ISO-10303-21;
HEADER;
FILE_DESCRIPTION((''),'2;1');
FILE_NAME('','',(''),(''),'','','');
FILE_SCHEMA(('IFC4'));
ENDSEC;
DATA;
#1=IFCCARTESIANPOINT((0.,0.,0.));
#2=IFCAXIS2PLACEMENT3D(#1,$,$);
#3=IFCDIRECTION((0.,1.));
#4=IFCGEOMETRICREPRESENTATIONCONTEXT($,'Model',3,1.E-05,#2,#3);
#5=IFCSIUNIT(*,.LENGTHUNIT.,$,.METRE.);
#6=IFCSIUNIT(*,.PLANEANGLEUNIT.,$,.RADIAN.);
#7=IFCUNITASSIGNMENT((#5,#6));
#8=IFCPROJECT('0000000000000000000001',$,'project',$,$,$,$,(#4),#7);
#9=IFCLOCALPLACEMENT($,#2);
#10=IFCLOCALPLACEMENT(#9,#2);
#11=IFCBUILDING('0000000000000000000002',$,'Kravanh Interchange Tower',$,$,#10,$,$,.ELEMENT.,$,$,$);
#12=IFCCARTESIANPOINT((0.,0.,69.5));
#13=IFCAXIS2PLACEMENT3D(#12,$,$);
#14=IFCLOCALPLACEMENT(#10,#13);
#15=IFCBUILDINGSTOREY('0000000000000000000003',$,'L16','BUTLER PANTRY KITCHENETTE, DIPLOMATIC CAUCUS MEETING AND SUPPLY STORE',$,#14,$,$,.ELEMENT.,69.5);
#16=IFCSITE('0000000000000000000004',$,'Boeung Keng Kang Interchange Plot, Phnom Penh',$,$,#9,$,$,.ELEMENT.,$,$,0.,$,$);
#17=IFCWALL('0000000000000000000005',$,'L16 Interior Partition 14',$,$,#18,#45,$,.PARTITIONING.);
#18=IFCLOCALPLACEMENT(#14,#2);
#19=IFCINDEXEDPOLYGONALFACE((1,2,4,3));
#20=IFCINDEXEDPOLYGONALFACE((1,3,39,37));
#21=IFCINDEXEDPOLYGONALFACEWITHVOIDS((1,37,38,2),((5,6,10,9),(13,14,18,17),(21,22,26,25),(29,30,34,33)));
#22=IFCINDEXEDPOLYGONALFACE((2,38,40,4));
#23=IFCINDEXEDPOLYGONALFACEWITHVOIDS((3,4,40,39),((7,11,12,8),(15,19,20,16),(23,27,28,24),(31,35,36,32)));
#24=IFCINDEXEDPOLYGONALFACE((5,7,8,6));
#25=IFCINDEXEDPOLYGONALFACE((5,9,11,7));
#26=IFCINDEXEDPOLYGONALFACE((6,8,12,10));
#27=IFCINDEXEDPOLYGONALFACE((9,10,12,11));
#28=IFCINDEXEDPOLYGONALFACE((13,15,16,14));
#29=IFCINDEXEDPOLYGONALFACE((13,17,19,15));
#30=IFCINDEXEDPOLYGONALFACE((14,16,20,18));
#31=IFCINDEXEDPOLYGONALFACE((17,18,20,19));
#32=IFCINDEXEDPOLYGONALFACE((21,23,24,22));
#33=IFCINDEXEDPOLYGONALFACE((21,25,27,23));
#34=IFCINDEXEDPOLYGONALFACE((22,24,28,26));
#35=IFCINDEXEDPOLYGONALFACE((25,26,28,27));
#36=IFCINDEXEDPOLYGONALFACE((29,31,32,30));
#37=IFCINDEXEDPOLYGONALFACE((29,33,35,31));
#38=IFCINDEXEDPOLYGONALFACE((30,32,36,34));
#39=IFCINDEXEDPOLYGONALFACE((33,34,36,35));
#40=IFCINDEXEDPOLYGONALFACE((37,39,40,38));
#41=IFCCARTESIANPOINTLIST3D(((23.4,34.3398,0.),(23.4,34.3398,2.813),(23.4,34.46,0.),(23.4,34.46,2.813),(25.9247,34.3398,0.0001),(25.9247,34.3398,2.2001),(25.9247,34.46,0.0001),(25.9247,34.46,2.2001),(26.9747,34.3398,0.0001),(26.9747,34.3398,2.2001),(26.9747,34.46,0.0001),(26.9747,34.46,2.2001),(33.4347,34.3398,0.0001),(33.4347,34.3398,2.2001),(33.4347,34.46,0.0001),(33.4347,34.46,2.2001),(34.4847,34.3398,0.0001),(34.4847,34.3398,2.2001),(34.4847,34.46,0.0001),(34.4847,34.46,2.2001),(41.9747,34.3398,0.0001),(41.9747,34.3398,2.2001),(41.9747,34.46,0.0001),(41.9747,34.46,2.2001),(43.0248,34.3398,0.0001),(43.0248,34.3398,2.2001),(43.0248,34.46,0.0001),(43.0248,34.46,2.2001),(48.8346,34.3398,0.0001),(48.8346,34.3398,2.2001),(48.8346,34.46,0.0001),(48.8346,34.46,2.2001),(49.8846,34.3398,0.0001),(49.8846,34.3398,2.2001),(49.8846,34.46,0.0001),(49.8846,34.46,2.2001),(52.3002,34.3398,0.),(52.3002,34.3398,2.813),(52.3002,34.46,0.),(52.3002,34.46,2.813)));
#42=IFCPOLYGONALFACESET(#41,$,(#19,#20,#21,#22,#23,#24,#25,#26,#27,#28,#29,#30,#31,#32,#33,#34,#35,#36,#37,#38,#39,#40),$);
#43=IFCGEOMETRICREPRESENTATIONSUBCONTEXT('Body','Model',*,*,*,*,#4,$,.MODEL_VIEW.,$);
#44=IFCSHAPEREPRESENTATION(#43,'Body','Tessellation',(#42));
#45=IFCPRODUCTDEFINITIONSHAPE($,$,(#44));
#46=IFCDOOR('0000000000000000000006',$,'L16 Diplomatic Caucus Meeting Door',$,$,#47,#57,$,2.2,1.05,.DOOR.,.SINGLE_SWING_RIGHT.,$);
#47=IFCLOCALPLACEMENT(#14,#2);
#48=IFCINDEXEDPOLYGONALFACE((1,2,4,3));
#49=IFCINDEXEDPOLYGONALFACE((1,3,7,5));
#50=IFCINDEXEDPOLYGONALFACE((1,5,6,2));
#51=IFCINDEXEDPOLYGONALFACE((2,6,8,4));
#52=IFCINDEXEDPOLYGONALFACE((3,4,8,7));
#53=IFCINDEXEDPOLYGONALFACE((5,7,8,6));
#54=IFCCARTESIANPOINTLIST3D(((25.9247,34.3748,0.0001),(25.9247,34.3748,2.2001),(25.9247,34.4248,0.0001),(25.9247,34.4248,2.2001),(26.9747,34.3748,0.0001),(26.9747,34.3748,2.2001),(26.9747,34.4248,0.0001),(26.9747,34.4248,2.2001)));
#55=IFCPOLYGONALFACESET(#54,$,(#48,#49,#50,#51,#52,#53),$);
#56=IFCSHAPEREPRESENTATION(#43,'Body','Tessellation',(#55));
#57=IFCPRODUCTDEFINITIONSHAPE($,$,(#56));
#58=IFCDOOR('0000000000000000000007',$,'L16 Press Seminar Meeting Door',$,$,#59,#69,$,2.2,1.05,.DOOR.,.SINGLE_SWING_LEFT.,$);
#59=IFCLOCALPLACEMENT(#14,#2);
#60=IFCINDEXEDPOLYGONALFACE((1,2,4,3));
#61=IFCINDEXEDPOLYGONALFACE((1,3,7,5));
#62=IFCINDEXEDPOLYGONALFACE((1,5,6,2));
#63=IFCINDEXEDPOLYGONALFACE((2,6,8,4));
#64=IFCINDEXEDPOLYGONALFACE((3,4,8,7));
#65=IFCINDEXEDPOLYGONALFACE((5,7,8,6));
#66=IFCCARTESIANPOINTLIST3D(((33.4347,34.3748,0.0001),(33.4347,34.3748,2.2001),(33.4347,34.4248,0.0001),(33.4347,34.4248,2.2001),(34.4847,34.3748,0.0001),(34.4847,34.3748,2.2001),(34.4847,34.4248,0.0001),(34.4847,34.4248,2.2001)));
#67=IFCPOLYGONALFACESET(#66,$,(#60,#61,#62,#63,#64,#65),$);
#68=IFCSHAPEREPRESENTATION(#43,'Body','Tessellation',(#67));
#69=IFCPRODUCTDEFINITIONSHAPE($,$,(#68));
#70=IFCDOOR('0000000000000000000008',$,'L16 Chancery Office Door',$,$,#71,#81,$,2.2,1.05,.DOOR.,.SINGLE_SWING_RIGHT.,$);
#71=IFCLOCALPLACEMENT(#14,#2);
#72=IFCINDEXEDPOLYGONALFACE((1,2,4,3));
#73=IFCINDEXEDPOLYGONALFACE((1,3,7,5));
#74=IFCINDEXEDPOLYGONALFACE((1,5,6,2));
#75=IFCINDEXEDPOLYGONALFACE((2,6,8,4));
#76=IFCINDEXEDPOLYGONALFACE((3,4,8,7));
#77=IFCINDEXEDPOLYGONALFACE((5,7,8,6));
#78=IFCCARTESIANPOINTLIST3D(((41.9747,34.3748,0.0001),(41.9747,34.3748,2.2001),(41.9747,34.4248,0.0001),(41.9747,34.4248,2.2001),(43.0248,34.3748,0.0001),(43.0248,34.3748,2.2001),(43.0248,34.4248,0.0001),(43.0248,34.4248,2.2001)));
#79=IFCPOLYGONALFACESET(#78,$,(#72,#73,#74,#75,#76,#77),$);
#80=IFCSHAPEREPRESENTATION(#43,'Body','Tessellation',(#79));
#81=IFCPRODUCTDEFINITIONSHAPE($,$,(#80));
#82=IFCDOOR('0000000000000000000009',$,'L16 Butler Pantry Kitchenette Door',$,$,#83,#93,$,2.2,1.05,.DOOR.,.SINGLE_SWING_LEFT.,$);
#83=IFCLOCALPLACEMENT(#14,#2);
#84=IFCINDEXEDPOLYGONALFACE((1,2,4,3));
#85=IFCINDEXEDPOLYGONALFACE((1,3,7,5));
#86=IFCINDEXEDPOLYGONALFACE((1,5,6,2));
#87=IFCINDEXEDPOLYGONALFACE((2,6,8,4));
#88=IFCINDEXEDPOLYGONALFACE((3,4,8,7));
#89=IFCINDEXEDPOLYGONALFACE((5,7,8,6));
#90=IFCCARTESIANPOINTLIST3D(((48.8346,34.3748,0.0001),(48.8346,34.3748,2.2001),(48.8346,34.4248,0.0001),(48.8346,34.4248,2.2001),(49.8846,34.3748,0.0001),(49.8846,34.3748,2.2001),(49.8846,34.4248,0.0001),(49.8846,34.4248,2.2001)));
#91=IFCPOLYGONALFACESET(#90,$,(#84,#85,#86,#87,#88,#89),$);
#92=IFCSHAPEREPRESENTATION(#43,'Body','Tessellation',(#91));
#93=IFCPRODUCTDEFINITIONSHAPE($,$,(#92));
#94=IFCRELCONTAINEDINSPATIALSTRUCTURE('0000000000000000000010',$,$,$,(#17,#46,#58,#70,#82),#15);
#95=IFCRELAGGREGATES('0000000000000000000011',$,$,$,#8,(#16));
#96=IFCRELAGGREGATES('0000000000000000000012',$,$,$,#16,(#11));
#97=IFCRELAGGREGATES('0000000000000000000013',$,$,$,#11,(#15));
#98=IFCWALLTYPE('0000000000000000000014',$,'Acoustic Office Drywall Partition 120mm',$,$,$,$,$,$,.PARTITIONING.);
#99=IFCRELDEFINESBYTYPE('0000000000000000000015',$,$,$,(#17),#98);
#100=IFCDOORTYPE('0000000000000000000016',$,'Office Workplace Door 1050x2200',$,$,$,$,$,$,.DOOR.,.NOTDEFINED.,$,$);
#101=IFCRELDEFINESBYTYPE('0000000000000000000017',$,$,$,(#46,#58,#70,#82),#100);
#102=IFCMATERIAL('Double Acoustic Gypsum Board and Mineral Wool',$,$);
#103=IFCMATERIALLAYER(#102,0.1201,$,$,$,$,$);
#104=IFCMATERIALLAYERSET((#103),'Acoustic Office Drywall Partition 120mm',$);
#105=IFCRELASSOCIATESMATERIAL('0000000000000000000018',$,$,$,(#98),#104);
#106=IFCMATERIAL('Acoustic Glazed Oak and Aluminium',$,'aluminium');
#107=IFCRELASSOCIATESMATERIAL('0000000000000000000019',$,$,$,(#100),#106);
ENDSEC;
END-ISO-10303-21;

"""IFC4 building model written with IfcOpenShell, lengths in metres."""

from ifc_helpers import new_model, si_unit, direction, frame, frame_2d, origin, place, context, subcontext, project, spatial, rectangle, extrude, material, layer, layer_set, type_object, element, fill, save


model = new_model("IFC4")

# Units and contexts
model_context = context("Model", 3, precision=1e-05, world=origin(), true_north=direction((0.0, 1.0)))
body_context = subcontext(model_context, "Body", "Model", "MODEL_VIEW")
ifc_project = project(units=[si_unit("LENGTHUNIT", "METRE"), si_unit("PLANEANGLEUNIT", "RADIAN")], contexts=[model_context])

# Site, building, storey
site_placement = place(None, origin())
site = spatial("IfcSite", under=ifc_project, at=site_placement, Name="Boeung Keng Kang Interchange Plot, Phnom Penh", CompositionType="ELEMENT", RefElevation=0.0)
building_placement = place(site_placement, origin())
building = spatial("IfcBuilding", under=site, at=building_placement, Name="Kravanh Interchange Tower", CompositionType="ELEMENT")
storey_placement = place(building_placement, frame((0.0, 0.0, 69.5)))
storey = spatial("IfcBuildingStorey", under=building, at=storey_placement, Name="L16", Description="BUTLER PANTRY KITCHENETTE, DIPLOMATIC CAUCUS MEETING AND SUPPLY STORE", CompositionType="ELEMENT", Elevation=69.5)

# Wall, openings, doors
ifc_material_1 = material(Name="Double Acoustic Gypsum Board and Mineral Wool")
ifc_layer = layer(ifc_material_1, 0.1201)
ifc_layer_set = layer_set([ifc_layer], Name="Acoustic Office Drywall Partition 120mm")
wall_type = type_object("IfcWallType", Name="Acoustic Office Drywall Partition 120mm", PredefinedType="PARTITIONING", material=ifc_layer_set)
wall_placement = place(storey_placement, frame((23.3999, 34.3999, 0.0), z_axis=(0.0, 0.0, 1.0), x_axis=(1.0, 0.0, 0.0)))
wall = element("IfcWall", 1, at=wall_placement, inside=storey, type_object=wall_type, Name="L16 Interior Partition 14", PredefinedType="PARTITIONING", context=body_context, shape_type="SweptSolid", body=[
    extrude(rectangle(XDim=28.9001, YDim=0.1201, at=frame_2d((14.4502, 0.0))), origin(), (0.0, 0.0, 1.0), 2.813),
])
opening_1_placement = place(wall_placement, frame((2.5249, 0.0, 0.0)))
opening_1 = element("IfcOpeningElement", 2, at=opening_1_placement, cuts=wall, PredefinedType="OPENING", context=body_context, shape_type="SweptSolid", body=[
    extrude(rectangle(XDim=1.05, YDim=2.2, at=frame_2d((0.5249, 1.1001))), frame((0.0, 0.0701, 0.0), z_axis=(0.0, -1.0, 0.0), x_axis=(1.0, 0.0, 0.0)), (0.0, 0.0, 1.0), 0.1401),
])
opening_2_placement = place(wall_placement, frame((10.0349, 0.0, 0.0)))
opening_2 = element("IfcOpeningElement", 3, at=opening_2_placement, cuts=wall, PredefinedType="OPENING", context=body_context, shape_type="SweptSolid", body=[
    extrude(rectangle(XDim=1.05, YDim=2.2, at=frame_2d((0.5249, 1.1001))), frame((0.0, 0.0701, 0.0), z_axis=(0.0, -1.0, 0.0), x_axis=(1.0, 0.0, 0.0)), (0.0, 0.0, 1.0), 0.1401),
])
opening_3_placement = place(wall_placement, frame((18.575, 0.0, 0.0)))
opening_3 = element("IfcOpeningElement", 4, at=opening_3_placement, cuts=wall, PredefinedType="OPENING", context=body_context, shape_type="SweptSolid", body=[
    extrude(rectangle(XDim=1.05, YDim=2.2, at=frame_2d((0.5249, 1.1001))), frame((0.0, 0.0701, 0.0), z_axis=(0.0, -1.0, 0.0), x_axis=(1.0, 0.0, 0.0)), (0.0, 0.0, 1.0), 0.1401),
])
opening_4_placement = place(wall_placement, frame((25.4348, 0.0, 0.0)))
opening_4 = element("IfcOpeningElement", 5, at=opening_4_placement, cuts=wall, PredefinedType="OPENING", context=body_context, shape_type="SweptSolid", body=[
    extrude(rectangle(XDim=1.05, YDim=2.2, at=frame_2d((0.5249, 1.1001))), frame((0.0, 0.0701, 0.0), z_axis=(0.0, -1.0, 0.0), x_axis=(1.0, 0.0, 0.0)), (0.0, 0.0, 1.0), 0.1401),
])
ifc_material_2 = material(Name="Acoustic Glazed Oak and Aluminium", Category="aluminium")
door_type = type_object("IfcDoorType", Name="Office Workplace Door 1050x2200", OperationType="NOTDEFINED", PredefinedType="DOOR", material=ifc_material_2)
door_1_placement = place(opening_1_placement, origin())
door_1 = element("IfcDoor", 6, at=door_1_placement, inside=storey, type_object=door_type, Name="L16 Diplomatic Caucus Meeting Door", OperationType="SINGLE_SWING_RIGHT", OverallHeight=2.2, OverallWidth=1.05, PredefinedType="DOOR", context=body_context, shape_type="SweptSolid", body=[
    extrude(rectangle(XDim=1.05, YDim=2.2, at=frame_2d((0.5249, 1.1001))), frame((0.0, 0.0249, 0.0), z_axis=(0.0, -1.0, 0.0), x_axis=(1.0, 0.0, 0.0)), (0.0, 0.0, 1.0), 0.05),
])
fill(opening_1, door_1)
door_2_placement = place(opening_2_placement, origin())
door_2 = element("IfcDoor", 7, at=door_2_placement, inside=storey, type_object=door_type, Name="L16 Press Seminar Meeting Door", OperationType="SINGLE_SWING_LEFT", OverallHeight=2.2, OverallWidth=1.05, PredefinedType="DOOR", context=body_context, shape_type="SweptSolid", body=[
    extrude(rectangle(XDim=1.05, YDim=2.2, at=frame_2d((0.5249, 1.1001))), frame((0.0, 0.0249, 0.0), z_axis=(0.0, -1.0, 0.0), x_axis=(1.0, 0.0, 0.0)), (0.0, 0.0, 1.0), 0.05),
])
fill(opening_2, door_2)
door_3_placement = place(opening_3_placement, origin())
door_3 = element("IfcDoor", 8, at=door_3_placement, inside=storey, type_object=door_type, Name="L16 Chancery Office Door", OperationType="SINGLE_SWING_RIGHT", OverallHeight=2.2, OverallWidth=1.05, PredefinedType="DOOR", context=body_context, shape_type="SweptSolid", body=[
    extrude(rectangle(XDim=1.05, YDim=2.2, at=frame_2d((0.5249, 1.1001))), frame((0.0, 0.0249, 0.0), z_axis=(0.0, -1.0, 0.0), x_axis=(1.0, 0.0, 0.0)), (0.0, 0.0, 1.0), 0.05),
])
fill(opening_3, door_3)
door_4_placement = place(opening_4_placement, origin())
door_4 = element("IfcDoor", 9, at=door_4_placement, inside=storey, type_object=door_type, Name="L16 Butler Pantry Kitchenette Door", OperationType="SINGLE_SWING_LEFT", OverallHeight=2.2, OverallWidth=1.05, PredefinedType="DOOR", context=body_context, shape_type="SweptSolid", body=[
    extrude(rectangle(XDim=1.05, YDim=2.2, at=frame_2d((0.5249, 1.1001))), frame((0.0, 0.0249, 0.0), z_axis=(0.0, -1.0, 0.0), x_axis=(1.0, 0.0, 0.0)), (0.0, 0.0, 1.0), 0.05),
])
fill(opening_4, door_4)

save(model, "model.ifc")
